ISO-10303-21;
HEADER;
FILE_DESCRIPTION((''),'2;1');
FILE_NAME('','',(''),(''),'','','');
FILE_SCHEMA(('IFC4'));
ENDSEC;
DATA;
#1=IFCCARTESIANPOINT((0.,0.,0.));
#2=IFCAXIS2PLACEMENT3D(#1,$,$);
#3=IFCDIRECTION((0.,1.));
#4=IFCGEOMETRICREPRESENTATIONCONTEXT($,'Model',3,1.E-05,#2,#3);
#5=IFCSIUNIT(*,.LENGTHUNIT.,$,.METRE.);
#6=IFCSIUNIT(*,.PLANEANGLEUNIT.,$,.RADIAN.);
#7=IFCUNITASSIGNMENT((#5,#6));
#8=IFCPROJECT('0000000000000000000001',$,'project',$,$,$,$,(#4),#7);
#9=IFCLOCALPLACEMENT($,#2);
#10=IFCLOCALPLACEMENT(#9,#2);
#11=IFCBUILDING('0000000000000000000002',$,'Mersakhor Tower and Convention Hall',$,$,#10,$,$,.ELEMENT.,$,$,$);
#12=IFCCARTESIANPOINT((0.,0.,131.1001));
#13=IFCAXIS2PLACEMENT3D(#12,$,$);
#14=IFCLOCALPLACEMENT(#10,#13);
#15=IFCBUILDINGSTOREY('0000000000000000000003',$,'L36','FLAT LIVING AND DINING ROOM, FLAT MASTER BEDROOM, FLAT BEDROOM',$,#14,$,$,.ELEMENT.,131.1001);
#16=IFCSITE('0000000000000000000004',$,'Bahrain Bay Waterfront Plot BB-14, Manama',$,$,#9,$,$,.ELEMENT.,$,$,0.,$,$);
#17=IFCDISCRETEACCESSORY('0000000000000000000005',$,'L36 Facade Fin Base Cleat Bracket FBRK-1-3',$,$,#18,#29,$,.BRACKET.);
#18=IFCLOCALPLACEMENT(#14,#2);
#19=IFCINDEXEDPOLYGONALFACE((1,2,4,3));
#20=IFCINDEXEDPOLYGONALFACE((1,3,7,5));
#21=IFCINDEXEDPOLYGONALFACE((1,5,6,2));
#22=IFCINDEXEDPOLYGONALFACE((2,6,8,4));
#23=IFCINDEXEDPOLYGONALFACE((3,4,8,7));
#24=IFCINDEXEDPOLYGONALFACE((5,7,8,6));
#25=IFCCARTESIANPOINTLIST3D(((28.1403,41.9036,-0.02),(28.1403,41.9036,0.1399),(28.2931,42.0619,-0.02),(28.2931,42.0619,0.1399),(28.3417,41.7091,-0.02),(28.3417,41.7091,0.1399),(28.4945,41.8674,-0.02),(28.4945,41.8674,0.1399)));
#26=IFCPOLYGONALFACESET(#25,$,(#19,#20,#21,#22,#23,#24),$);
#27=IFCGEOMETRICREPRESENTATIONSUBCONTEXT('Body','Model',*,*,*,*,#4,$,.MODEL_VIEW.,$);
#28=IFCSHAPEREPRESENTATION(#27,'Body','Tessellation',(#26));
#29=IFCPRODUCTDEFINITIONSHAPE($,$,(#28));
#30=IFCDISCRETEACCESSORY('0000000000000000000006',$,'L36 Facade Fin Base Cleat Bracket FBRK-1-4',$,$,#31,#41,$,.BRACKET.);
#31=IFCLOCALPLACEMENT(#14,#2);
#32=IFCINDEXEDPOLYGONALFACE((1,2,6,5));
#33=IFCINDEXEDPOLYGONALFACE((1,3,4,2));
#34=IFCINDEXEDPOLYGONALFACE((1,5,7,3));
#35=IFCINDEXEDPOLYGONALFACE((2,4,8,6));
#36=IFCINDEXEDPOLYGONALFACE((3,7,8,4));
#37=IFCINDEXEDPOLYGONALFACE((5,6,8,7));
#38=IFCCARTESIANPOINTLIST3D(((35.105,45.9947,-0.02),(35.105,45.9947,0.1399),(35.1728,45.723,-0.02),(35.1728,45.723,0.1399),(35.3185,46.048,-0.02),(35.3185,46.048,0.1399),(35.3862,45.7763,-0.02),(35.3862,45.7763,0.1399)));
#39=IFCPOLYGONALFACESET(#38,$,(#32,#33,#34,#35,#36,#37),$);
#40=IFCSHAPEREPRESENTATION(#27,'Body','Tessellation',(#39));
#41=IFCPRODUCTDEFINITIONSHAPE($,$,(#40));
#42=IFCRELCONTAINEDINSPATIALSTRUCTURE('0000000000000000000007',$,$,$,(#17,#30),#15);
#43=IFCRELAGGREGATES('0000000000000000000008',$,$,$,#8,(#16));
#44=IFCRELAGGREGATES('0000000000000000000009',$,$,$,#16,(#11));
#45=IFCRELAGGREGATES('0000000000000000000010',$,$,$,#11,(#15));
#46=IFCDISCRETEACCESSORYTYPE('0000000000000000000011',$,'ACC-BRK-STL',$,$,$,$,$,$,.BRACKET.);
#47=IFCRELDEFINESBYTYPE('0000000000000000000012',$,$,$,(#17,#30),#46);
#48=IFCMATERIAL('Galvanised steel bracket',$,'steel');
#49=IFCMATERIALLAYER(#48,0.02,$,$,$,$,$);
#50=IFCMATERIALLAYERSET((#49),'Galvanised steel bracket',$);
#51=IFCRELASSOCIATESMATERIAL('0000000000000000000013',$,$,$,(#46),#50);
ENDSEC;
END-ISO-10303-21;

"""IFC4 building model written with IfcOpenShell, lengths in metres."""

from ifc_helpers import new_model, si_unit, direction, frame, origin, origin_2d, place, context, subcontext, project, spatial, rectangle, extrude, material, layer, layer_set, type_object, element, save


model = new_model("IFC4")

# Units and contexts
model_context = context("Model", 3, precision=1e-05, world=origin(), true_north=direction((0.0, 1.0)))
body_context = subcontext(model_context, "Body", "Model", "MODEL_VIEW")
ifc_project = project(units=[si_unit("LENGTHUNIT", "METRE"), si_unit("PLANEANGLEUNIT", "RADIAN")], contexts=[model_context])

# Site, building, storey
site_placement = place(None, origin())
site = spatial("IfcSite", under=ifc_project, at=site_placement, Name="Bahrain Bay Waterfront Plot BB-14, Manama", CompositionType="ELEMENT", RefElevation=0.0)
building_placement = place(site_placement, origin())
building = spatial("IfcBuilding", under=site, at=building_placement, Name="Mersakhor Tower and Convention Hall", CompositionType="ELEMENT")
storey_placement = place(building_placement, frame((0.0, 0.0, 131.1001)))
storey = spatial("IfcBuildingStorey", under=building, at=storey_placement, Name="L36", Description="FLAT LIVING AND DINING ROOM, FLAT MASTER BEDROOM, FLAT BEDROOM", CompositionType="ELEMENT", Elevation=131.1001)

# Discrete accessories
ifc_material_1 = material(Name="Galvanised steel bracket", Category="steel")
ifc_layer_1 = layer(ifc_material_1, 0.02)
ifc_layer_set_1 = layer_set([ifc_layer_1], Name="Galvanised steel bracket")
discrete_accessory_type = type_object("IfcDiscreteAccessoryType", Name="ACC-BRK-STL", PredefinedType="BRACKET", material=ifc_layer_set_1)
for number, where, z_axis, x_axis, name in (
    (1, (28.3174, 41.8855, -0.02), (0.0, 0.0, 1.0), (-0.71934, 0.694658, 0.0), "L36 Facade Fin Base Cleat Bracket FBRK-1-3"),
    (2, (35.2456, 45.8855, -0.02), (0.0, 0.0, 1.0), (-0.241922, 0.970296, 0.0), "L36 Facade Fin Base Cleat Bracket FBRK-1-4"),
):
    element("IfcDiscreteAccessory", number, at=place(storey_placement, frame(where, z_axis=z_axis, x_axis=x_axis)), inside=storey, type_object=discrete_accessory_type, Name=name, PredefinedType="BRACKET", context=body_context, shape_type="SweptSolid", body=[
        extrude(rectangle(XDim=0.28, YDim=0.22, at=origin_2d()), origin(), (0.0, 0.0, 1.0), 0.1599),
    ])

save(model, "model.ifc")
